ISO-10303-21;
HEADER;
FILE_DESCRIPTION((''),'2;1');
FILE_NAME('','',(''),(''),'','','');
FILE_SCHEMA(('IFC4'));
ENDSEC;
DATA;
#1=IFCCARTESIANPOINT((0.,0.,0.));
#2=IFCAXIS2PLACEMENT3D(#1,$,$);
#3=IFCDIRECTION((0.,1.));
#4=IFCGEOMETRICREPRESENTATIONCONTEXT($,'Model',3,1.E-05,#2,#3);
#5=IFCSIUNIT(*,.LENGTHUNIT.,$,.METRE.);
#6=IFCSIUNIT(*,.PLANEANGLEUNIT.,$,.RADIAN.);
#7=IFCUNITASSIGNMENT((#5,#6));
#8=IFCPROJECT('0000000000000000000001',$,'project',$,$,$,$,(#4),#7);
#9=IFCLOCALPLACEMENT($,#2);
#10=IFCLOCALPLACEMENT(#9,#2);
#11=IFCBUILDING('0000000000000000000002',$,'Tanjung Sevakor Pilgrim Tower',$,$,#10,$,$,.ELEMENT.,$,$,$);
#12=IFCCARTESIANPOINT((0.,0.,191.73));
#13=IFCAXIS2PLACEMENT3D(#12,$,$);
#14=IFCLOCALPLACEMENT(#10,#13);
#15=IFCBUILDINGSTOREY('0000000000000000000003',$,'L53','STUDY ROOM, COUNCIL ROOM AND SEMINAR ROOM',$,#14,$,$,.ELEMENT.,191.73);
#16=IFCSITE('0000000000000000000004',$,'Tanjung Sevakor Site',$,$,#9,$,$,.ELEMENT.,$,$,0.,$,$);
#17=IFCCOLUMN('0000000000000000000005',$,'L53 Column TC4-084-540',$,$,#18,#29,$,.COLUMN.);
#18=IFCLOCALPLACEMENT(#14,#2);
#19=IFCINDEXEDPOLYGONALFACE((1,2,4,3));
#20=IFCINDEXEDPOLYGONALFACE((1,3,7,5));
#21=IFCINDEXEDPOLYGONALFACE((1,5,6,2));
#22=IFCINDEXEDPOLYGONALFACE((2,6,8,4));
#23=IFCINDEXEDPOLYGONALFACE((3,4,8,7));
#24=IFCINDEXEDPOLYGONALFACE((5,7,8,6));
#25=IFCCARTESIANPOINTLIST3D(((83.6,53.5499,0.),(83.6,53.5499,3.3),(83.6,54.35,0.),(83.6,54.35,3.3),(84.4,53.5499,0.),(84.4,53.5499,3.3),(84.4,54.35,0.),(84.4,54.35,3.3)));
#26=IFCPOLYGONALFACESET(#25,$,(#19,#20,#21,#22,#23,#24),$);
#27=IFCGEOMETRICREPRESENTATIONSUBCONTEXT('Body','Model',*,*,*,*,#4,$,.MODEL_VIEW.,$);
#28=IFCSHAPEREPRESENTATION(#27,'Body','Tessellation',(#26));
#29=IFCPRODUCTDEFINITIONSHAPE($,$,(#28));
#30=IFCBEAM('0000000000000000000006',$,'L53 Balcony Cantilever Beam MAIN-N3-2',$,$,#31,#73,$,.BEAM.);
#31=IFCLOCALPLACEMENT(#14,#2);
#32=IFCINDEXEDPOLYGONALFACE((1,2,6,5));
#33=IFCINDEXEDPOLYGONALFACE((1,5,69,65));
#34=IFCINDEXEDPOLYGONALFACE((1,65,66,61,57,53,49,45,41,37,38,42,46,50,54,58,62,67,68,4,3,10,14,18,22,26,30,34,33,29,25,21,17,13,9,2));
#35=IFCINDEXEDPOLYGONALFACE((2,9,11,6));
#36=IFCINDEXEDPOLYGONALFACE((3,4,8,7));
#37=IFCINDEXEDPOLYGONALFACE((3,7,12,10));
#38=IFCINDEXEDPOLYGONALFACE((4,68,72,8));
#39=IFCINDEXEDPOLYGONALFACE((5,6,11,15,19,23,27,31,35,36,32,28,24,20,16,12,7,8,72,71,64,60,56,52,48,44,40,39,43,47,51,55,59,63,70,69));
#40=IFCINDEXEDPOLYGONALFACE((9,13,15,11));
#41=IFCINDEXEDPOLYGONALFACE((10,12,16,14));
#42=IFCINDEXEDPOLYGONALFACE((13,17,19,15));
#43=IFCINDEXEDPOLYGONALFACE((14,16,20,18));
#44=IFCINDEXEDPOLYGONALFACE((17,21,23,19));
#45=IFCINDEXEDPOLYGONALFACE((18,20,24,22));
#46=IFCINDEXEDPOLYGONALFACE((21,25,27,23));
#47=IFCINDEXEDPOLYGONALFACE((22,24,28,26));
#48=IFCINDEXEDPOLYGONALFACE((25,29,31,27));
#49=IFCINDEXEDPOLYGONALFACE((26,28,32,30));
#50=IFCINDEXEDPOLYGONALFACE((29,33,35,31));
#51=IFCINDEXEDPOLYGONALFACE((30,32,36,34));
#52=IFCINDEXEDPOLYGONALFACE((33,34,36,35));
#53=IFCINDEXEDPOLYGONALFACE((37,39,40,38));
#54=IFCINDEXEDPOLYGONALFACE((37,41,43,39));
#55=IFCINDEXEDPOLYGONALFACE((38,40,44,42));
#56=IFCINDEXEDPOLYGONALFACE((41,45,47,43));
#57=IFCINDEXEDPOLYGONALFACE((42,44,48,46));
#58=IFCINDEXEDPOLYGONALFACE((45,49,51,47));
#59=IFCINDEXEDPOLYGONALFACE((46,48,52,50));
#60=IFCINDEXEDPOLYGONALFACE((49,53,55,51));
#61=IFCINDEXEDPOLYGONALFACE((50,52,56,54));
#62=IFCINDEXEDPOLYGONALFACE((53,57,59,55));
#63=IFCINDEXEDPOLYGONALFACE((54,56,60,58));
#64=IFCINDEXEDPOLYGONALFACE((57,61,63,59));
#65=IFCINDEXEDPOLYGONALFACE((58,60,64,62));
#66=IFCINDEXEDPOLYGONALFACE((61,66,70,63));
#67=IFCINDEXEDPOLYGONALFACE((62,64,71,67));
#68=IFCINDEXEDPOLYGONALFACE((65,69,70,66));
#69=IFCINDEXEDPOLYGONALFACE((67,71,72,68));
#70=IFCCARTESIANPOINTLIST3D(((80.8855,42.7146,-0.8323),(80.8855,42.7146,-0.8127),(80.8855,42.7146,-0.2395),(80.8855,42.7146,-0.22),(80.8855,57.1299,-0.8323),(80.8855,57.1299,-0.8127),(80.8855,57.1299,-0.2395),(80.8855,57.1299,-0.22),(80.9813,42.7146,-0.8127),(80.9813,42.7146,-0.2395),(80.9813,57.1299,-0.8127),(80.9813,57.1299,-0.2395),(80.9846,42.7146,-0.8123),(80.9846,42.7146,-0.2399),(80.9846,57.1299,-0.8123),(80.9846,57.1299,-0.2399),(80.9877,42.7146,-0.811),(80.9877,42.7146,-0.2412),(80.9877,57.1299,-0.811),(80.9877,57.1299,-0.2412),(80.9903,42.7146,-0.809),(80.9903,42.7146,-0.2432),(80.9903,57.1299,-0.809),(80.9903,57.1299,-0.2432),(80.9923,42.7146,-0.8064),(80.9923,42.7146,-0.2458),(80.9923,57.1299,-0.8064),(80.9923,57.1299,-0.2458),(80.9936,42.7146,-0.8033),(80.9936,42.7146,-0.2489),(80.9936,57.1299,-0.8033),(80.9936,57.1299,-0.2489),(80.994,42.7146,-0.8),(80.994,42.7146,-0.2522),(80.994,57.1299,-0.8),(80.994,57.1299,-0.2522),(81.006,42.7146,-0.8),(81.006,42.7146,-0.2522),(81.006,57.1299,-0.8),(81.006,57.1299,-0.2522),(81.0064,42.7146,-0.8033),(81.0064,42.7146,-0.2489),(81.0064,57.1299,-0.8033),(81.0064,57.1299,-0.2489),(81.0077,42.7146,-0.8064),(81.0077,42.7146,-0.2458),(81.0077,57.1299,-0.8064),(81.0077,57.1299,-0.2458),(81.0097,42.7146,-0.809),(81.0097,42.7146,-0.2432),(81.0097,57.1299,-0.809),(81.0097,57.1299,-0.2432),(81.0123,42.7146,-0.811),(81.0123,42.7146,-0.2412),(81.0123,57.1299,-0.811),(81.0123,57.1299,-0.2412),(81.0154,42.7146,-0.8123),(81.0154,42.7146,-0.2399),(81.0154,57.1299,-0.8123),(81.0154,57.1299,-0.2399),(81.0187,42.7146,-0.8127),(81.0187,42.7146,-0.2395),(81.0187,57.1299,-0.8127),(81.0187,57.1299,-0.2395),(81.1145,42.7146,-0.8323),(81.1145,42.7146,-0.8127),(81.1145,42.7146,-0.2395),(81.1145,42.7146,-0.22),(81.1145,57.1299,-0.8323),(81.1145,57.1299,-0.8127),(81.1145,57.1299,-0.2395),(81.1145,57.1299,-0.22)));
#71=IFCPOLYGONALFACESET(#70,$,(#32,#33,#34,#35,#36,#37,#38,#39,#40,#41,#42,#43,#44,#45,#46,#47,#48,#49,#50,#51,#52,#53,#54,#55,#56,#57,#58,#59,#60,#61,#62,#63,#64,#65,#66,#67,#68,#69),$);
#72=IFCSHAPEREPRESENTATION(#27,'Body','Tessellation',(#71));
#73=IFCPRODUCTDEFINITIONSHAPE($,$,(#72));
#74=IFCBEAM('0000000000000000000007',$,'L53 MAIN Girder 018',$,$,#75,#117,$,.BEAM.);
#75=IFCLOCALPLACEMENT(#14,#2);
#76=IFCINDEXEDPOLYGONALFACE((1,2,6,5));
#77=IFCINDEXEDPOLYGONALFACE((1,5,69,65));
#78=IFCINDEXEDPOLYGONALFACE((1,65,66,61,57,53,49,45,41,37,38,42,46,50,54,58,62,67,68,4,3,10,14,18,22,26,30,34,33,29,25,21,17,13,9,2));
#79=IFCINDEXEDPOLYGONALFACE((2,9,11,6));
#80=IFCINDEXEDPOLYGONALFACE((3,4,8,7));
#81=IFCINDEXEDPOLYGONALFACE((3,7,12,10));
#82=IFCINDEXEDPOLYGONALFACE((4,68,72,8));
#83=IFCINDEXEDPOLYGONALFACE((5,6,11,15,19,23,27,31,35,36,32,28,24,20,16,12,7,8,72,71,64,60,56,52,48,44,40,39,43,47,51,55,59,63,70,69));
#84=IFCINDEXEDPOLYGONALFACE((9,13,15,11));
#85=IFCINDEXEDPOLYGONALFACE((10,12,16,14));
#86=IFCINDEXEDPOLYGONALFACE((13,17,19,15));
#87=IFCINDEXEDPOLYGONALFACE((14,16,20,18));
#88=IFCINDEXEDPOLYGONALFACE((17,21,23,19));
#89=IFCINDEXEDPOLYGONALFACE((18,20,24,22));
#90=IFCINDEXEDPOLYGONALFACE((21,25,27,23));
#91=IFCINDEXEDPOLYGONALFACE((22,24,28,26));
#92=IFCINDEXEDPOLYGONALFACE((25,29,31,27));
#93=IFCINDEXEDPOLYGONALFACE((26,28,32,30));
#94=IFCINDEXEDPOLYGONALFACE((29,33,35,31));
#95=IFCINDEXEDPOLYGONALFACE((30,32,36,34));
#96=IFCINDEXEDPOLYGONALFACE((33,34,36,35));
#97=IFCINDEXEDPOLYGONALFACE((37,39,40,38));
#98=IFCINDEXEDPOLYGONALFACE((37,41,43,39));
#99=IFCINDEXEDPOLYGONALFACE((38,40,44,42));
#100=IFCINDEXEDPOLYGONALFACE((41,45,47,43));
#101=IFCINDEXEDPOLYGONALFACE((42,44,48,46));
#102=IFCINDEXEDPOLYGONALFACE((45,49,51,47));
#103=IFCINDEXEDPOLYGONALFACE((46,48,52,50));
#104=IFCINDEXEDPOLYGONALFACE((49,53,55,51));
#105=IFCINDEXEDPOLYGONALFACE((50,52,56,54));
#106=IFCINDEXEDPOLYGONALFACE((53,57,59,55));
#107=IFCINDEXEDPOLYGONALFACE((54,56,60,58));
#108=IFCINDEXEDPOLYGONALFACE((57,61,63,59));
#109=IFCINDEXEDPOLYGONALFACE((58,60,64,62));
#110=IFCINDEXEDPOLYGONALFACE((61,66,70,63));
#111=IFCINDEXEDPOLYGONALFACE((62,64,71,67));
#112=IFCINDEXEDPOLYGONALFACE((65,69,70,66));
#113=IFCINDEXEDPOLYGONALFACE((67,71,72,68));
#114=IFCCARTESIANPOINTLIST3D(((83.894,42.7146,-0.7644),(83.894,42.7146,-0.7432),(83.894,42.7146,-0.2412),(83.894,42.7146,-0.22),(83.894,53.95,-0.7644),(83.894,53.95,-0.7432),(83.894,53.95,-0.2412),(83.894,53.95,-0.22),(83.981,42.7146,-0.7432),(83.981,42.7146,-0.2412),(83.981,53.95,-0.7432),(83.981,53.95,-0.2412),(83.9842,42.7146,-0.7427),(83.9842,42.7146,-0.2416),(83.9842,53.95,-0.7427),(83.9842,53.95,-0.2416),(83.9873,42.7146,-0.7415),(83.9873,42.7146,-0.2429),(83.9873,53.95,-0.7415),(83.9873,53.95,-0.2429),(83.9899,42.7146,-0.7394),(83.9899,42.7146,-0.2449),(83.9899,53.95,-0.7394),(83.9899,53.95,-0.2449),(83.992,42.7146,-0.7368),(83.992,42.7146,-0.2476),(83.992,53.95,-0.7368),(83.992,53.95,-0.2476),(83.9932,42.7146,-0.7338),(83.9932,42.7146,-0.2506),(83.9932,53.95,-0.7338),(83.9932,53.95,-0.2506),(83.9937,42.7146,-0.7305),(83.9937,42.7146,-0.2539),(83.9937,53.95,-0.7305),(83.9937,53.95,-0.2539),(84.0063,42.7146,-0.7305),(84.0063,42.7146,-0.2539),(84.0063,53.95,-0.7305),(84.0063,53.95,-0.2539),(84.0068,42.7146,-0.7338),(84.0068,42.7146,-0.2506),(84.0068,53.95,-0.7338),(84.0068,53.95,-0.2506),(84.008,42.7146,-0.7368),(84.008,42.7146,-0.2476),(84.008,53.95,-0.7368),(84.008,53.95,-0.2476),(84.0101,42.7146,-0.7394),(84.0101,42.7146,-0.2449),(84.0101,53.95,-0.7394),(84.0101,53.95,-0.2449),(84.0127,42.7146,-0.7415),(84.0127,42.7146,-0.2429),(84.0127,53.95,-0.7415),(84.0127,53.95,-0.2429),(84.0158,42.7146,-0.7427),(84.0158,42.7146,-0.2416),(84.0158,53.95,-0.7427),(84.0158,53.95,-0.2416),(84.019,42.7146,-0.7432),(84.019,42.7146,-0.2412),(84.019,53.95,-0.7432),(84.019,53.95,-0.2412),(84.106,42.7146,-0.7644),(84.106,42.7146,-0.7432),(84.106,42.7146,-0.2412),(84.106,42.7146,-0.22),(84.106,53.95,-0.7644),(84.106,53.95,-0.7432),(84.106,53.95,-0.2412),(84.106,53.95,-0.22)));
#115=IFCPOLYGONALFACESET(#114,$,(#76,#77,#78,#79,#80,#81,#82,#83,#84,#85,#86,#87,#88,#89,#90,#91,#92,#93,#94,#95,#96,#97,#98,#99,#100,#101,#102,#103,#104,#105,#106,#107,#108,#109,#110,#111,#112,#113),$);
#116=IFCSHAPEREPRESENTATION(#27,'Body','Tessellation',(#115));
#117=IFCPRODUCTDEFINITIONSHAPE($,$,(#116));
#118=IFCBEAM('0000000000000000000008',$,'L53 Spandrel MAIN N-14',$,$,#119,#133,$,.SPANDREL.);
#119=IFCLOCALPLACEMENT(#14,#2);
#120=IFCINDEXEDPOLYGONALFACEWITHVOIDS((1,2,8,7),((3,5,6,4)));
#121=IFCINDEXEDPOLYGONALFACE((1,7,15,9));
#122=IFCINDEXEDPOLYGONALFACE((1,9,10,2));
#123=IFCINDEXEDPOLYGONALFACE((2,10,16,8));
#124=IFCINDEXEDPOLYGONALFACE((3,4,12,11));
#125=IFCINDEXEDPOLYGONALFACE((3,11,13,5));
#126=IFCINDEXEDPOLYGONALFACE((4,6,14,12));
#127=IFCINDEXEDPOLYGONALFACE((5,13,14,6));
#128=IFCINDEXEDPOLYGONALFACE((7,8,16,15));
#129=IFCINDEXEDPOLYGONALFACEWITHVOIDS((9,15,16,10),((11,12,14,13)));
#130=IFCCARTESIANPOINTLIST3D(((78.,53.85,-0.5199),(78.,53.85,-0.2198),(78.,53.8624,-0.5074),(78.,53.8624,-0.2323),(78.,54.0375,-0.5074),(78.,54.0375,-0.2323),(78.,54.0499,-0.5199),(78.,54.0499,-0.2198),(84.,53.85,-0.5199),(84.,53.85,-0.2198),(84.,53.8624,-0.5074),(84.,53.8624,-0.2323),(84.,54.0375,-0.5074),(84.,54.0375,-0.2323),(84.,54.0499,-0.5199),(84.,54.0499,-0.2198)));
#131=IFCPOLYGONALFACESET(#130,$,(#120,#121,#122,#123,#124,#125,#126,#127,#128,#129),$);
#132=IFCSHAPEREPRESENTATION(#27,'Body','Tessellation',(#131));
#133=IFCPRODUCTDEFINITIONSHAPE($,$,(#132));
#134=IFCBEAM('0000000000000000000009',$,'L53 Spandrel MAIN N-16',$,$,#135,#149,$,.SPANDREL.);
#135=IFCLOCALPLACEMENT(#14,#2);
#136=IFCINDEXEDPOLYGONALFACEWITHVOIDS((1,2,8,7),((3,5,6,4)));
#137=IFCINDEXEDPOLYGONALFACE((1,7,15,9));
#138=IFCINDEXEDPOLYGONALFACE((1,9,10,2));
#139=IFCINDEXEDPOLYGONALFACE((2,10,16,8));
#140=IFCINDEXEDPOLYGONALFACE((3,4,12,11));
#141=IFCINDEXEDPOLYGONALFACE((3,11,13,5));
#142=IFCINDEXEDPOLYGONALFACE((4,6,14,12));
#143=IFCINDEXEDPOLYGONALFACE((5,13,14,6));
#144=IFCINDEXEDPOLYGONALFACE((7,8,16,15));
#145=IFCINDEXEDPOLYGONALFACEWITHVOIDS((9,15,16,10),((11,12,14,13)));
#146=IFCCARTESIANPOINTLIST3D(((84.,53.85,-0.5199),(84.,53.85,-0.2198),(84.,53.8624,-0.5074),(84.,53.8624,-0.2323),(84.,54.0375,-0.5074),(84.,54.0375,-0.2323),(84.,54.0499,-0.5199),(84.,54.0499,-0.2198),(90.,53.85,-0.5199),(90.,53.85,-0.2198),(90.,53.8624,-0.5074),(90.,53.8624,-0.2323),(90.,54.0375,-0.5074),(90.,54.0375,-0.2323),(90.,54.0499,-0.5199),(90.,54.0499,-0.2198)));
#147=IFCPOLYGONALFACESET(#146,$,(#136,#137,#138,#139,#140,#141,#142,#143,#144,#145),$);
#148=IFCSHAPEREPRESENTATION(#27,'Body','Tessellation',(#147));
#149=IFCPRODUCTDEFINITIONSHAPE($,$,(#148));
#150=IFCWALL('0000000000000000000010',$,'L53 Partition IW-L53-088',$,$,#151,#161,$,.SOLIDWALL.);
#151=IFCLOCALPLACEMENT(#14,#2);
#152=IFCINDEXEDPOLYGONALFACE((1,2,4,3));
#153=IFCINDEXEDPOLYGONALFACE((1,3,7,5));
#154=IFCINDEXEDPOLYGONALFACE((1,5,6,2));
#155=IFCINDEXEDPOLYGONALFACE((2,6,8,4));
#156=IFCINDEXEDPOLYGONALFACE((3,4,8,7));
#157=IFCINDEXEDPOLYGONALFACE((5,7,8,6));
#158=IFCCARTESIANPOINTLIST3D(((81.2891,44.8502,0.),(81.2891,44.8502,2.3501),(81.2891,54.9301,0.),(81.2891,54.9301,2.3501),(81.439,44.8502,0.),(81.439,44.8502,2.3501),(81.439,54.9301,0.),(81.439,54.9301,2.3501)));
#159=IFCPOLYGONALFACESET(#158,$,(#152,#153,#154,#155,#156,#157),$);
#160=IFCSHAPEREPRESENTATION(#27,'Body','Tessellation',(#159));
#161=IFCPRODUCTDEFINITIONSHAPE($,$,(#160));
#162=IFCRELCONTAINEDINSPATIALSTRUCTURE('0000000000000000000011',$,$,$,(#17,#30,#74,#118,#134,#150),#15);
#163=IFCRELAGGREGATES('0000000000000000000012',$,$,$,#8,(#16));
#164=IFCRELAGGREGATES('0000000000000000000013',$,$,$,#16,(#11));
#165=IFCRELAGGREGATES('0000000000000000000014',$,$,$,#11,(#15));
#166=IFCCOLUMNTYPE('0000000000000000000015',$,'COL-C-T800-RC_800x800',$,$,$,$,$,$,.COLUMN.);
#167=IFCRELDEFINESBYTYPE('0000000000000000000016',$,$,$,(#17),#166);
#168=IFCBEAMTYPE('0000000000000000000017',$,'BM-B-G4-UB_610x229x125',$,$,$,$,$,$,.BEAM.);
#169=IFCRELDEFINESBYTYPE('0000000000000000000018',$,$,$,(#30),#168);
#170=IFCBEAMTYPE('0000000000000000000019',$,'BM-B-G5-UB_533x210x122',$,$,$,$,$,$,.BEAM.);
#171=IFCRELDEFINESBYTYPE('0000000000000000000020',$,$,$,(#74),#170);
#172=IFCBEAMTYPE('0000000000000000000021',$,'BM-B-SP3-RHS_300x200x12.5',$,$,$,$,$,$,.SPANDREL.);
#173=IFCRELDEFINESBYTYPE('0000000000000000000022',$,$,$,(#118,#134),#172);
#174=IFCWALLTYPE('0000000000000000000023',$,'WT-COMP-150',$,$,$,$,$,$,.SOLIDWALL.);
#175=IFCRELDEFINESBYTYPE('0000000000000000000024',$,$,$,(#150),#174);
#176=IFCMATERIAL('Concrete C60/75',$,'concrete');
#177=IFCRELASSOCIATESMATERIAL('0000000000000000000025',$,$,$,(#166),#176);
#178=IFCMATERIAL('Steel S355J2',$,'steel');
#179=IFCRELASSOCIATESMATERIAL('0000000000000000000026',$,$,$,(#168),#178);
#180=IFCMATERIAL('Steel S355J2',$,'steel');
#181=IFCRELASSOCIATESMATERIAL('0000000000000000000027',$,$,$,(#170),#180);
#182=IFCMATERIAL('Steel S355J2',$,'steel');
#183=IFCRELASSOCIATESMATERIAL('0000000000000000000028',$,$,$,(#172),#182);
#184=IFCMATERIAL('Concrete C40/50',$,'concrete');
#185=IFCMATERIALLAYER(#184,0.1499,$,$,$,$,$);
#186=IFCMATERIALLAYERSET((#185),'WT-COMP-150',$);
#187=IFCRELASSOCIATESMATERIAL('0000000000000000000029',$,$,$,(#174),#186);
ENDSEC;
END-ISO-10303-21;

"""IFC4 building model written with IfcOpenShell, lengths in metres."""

from ifc_helpers import new_model, si_unit, direction, frame, frame_2d, origin, origin_2d, place, context, subcontext, project, spatial, rectangle, hollow_rectangle, i_section, extrude, material, layer, layer_set, material_profile, profile_set, type_object, element, save


model = new_model("IFC4")

# Units and contexts
model_context = context("Model", 3, precision=1e-05, world=origin(), true_north=direction((0.0, 1.0)))
body_context = subcontext(model_context, "Body", "Model", "MODEL_VIEW")
ifc_project = project(units=[si_unit("LENGTHUNIT", "METRE"), si_unit("PLANEANGLEUNIT", "RADIAN")], contexts=[model_context])

# Site, building, storey
site_placement = place(None, origin())
site = spatial("IfcSite", under=ifc_project, at=site_placement, Name="Tanjung Sevakor Site", CompositionType="ELEMENT", RefElevation=0.0)
building_placement = place(site_placement, origin())
building = spatial("IfcBuilding", under=site, at=building_placement, Name="Tanjung Sevakor Pilgrim Tower", CompositionType="ELEMENT")
storey_placement = place(building_placement, frame((0.0, 0.0, 191.73)))
storey = spatial("IfcBuildingStorey", under=building, at=storey_placement, Name="L53", Description="STUDY ROOM, COUNCIL ROOM AND SEMINAR ROOM", CompositionType="ELEMENT", Elevation=191.73)

# Column
ifc_material_1 = material(Name="Concrete C60/75", Category="concrete")
ifc_material_profile_1 = material_profile(ifc_material_1, rectangle(XDim=0.8, YDim=0.8, at=origin_2d()))
ifc_profile_set_1 = profile_set([ifc_material_profile_1], Name="Concrete C60/75")
column_type = type_object("IfcColumnType", Name="COL-C-T800-RC_800x800", PredefinedType="COLUMN", material=ifc_profile_set_1)
column_placement = place(storey_placement, frame((84.0, 53.95, 0.0), z_axis=(0.0, 0.0, 1.0), x_axis=(1.0, 0.0, 0.0)))
element("IfcColumn", 1, at=column_placement, inside=storey, type_object=column_type, Name="L53 Column TC4-084-540", PredefinedType="COLUMN", context=body_context, shape_type="SweptSolid", body=[
    extrude(rectangle(XDim=0.8, YDim=0.8, at=origin_2d()), origin(), (0.0, 0.0, 1.0), 3.3),
])

# Beams
ifc_material_2 = material(Name="Steel S355J2", Category="steel")
ifc_material_profile_2 = material_profile(ifc_material_2, i_section(OverallWidth=0.229, OverallDepth=0.6123, WebThickness=0.012, FlangeThickness=0.0195, FilletRadius=0.0127, at=origin_2d()))
ifc_profile_set_2 = profile_set([ifc_material_profile_2], Name="Steel S355J2")
beam_type_1 = type_object("IfcBeamType", Name="BM-B-G4-UB_610x229x125", PredefinedType="BEAM", material=ifc_profile_set_2)
beam_1_placement = place(storey_placement, frame((81.0, 42.7146, -0.5261), z_axis=(0.0, 1.0, 0.0), x_axis=(-1.0, 0.0, 0.0)))
element("IfcBeam", 2, at=beam_1_placement, inside=storey, type_object=beam_type_1, Name="L53 Balcony Cantilever Beam MAIN-N3-2", PredefinedType="BEAM", context=body_context, shape_type="SweptSolid", body=[
    extrude(i_section(OverallWidth=0.229, OverallDepth=0.6123, WebThickness=0.012, FlangeThickness=0.0195, FilletRadius=0.0127, at=origin_2d()), origin(), (0.0, 0.0, 1.0), 14.4153),
])
ifc_material_3 = material(Name="Steel S355J2", Category="steel")
ifc_material_profile_3 = material_profile(ifc_material_3, i_section(OverallWidth=0.2119, OverallDepth=0.5444, WebThickness=0.0127, FlangeThickness=0.0212, FilletRadius=0.0127, at=origin_2d()))
ifc_profile_set_3 = profile_set([ifc_material_profile_3], Name="Steel S355J2")
beam_type_2 = type_object("IfcBeamType", Name="BM-B-G5-UB_533x210x122", PredefinedType="BEAM", material=ifc_profile_set_3)
beam_2_placement = place(storey_placement, frame((84.0, 42.7146, -0.4922), z_axis=(0.0, 1.0, 0.0), x_axis=(-1.0, 0.0, 0.0)))
element("IfcBeam", 3, at=beam_2_placement, inside=storey, type_object=beam_type_2, Name="L53 MAIN Girder 018", PredefinedType="BEAM", context=body_context, shape_type="SweptSolid", body=[
    extrude(i_section(OverallWidth=0.2119, OverallDepth=0.5444, WebThickness=0.0127, FlangeThickness=0.0212, FilletRadius=0.0127, at=origin_2d()), origin(), (0.0, 0.0, 1.0), 11.2354),
])
ifc_material_4 = material(Name="Steel S355J2", Category="steel")
ifc_material_profile_4 = material_profile(ifc_material_4, hollow_rectangle(XDim=0.2, YDim=0.3, WallThickness=0.0125, at=origin_2d()))
ifc_profile_set_4 = profile_set([ifc_material_profile_4], Name="Steel S355J2")
beam_type_3 = type_object("IfcBeamType", Name="BM-B-SP3-RHS_300x200x12.5", PredefinedType="SPANDREL", material=ifc_profile_set_4)
for number, where, z_axis, x_axis, name in (
    (4, (78.0, 53.95, -0.3699), (1.0, 0.0, 0.0), (0.0, 1.0, 0.0), "L53 Spandrel MAIN N-14"),
    (5, (84.0, 53.95, -0.3699), (1.0, 0.0, 0.0), (0.0, 1.0, 0.0), "L53 Spandrel MAIN N-16"),
):
    element("IfcBeam", number, at=place(storey_placement, frame(where, z_axis=z_axis, x_axis=x_axis)), inside=storey, type_object=beam_type_3, Name=name, PredefinedType="SPANDREL", context=body_context, shape_type="SweptSolid", body=[
        extrude(hollow_rectangle(XDim=0.2, YDim=0.3, WallThickness=0.0125, at=origin_2d()), origin(), (0.0, 0.0, 1.0), 6.0),
    ])

# Wall
ifc_material_5 = material(Name="Concrete C40/50", Category="concrete")
ifc_layer_1 = layer(ifc_material_5, 0.1499)
ifc_layer_set_1 = layer_set([ifc_layer_1], Name="WT-COMP-150")
wall_type_1 = type_object("IfcWallType", Name="WT-COMP-150", PredefinedType="SOLIDWALL", material=ifc_layer_set_1)
wall_1_placement = place(storey_placement, frame((81.364, 44.8501, 0.0), z_axis=(0.0, 0.0, 1.0), x_axis=(0.0, 1.0, 0.0)))
element("IfcWall", 6, at=wall_1_placement, inside=storey, type_object=wall_type_1, Name="L53 Partition IW-L53-088", PredefinedType="SOLIDWALL", context=body_context, shape_type="SweptSolid", body=[
    extrude(rectangle(XDim=10.0798, YDim=0.1499, at=frame_2d((5.04, 0.0))), origin(), (0.0, 0.0, 1.0), 2.3501),
])

save(model, "model.ifc")
